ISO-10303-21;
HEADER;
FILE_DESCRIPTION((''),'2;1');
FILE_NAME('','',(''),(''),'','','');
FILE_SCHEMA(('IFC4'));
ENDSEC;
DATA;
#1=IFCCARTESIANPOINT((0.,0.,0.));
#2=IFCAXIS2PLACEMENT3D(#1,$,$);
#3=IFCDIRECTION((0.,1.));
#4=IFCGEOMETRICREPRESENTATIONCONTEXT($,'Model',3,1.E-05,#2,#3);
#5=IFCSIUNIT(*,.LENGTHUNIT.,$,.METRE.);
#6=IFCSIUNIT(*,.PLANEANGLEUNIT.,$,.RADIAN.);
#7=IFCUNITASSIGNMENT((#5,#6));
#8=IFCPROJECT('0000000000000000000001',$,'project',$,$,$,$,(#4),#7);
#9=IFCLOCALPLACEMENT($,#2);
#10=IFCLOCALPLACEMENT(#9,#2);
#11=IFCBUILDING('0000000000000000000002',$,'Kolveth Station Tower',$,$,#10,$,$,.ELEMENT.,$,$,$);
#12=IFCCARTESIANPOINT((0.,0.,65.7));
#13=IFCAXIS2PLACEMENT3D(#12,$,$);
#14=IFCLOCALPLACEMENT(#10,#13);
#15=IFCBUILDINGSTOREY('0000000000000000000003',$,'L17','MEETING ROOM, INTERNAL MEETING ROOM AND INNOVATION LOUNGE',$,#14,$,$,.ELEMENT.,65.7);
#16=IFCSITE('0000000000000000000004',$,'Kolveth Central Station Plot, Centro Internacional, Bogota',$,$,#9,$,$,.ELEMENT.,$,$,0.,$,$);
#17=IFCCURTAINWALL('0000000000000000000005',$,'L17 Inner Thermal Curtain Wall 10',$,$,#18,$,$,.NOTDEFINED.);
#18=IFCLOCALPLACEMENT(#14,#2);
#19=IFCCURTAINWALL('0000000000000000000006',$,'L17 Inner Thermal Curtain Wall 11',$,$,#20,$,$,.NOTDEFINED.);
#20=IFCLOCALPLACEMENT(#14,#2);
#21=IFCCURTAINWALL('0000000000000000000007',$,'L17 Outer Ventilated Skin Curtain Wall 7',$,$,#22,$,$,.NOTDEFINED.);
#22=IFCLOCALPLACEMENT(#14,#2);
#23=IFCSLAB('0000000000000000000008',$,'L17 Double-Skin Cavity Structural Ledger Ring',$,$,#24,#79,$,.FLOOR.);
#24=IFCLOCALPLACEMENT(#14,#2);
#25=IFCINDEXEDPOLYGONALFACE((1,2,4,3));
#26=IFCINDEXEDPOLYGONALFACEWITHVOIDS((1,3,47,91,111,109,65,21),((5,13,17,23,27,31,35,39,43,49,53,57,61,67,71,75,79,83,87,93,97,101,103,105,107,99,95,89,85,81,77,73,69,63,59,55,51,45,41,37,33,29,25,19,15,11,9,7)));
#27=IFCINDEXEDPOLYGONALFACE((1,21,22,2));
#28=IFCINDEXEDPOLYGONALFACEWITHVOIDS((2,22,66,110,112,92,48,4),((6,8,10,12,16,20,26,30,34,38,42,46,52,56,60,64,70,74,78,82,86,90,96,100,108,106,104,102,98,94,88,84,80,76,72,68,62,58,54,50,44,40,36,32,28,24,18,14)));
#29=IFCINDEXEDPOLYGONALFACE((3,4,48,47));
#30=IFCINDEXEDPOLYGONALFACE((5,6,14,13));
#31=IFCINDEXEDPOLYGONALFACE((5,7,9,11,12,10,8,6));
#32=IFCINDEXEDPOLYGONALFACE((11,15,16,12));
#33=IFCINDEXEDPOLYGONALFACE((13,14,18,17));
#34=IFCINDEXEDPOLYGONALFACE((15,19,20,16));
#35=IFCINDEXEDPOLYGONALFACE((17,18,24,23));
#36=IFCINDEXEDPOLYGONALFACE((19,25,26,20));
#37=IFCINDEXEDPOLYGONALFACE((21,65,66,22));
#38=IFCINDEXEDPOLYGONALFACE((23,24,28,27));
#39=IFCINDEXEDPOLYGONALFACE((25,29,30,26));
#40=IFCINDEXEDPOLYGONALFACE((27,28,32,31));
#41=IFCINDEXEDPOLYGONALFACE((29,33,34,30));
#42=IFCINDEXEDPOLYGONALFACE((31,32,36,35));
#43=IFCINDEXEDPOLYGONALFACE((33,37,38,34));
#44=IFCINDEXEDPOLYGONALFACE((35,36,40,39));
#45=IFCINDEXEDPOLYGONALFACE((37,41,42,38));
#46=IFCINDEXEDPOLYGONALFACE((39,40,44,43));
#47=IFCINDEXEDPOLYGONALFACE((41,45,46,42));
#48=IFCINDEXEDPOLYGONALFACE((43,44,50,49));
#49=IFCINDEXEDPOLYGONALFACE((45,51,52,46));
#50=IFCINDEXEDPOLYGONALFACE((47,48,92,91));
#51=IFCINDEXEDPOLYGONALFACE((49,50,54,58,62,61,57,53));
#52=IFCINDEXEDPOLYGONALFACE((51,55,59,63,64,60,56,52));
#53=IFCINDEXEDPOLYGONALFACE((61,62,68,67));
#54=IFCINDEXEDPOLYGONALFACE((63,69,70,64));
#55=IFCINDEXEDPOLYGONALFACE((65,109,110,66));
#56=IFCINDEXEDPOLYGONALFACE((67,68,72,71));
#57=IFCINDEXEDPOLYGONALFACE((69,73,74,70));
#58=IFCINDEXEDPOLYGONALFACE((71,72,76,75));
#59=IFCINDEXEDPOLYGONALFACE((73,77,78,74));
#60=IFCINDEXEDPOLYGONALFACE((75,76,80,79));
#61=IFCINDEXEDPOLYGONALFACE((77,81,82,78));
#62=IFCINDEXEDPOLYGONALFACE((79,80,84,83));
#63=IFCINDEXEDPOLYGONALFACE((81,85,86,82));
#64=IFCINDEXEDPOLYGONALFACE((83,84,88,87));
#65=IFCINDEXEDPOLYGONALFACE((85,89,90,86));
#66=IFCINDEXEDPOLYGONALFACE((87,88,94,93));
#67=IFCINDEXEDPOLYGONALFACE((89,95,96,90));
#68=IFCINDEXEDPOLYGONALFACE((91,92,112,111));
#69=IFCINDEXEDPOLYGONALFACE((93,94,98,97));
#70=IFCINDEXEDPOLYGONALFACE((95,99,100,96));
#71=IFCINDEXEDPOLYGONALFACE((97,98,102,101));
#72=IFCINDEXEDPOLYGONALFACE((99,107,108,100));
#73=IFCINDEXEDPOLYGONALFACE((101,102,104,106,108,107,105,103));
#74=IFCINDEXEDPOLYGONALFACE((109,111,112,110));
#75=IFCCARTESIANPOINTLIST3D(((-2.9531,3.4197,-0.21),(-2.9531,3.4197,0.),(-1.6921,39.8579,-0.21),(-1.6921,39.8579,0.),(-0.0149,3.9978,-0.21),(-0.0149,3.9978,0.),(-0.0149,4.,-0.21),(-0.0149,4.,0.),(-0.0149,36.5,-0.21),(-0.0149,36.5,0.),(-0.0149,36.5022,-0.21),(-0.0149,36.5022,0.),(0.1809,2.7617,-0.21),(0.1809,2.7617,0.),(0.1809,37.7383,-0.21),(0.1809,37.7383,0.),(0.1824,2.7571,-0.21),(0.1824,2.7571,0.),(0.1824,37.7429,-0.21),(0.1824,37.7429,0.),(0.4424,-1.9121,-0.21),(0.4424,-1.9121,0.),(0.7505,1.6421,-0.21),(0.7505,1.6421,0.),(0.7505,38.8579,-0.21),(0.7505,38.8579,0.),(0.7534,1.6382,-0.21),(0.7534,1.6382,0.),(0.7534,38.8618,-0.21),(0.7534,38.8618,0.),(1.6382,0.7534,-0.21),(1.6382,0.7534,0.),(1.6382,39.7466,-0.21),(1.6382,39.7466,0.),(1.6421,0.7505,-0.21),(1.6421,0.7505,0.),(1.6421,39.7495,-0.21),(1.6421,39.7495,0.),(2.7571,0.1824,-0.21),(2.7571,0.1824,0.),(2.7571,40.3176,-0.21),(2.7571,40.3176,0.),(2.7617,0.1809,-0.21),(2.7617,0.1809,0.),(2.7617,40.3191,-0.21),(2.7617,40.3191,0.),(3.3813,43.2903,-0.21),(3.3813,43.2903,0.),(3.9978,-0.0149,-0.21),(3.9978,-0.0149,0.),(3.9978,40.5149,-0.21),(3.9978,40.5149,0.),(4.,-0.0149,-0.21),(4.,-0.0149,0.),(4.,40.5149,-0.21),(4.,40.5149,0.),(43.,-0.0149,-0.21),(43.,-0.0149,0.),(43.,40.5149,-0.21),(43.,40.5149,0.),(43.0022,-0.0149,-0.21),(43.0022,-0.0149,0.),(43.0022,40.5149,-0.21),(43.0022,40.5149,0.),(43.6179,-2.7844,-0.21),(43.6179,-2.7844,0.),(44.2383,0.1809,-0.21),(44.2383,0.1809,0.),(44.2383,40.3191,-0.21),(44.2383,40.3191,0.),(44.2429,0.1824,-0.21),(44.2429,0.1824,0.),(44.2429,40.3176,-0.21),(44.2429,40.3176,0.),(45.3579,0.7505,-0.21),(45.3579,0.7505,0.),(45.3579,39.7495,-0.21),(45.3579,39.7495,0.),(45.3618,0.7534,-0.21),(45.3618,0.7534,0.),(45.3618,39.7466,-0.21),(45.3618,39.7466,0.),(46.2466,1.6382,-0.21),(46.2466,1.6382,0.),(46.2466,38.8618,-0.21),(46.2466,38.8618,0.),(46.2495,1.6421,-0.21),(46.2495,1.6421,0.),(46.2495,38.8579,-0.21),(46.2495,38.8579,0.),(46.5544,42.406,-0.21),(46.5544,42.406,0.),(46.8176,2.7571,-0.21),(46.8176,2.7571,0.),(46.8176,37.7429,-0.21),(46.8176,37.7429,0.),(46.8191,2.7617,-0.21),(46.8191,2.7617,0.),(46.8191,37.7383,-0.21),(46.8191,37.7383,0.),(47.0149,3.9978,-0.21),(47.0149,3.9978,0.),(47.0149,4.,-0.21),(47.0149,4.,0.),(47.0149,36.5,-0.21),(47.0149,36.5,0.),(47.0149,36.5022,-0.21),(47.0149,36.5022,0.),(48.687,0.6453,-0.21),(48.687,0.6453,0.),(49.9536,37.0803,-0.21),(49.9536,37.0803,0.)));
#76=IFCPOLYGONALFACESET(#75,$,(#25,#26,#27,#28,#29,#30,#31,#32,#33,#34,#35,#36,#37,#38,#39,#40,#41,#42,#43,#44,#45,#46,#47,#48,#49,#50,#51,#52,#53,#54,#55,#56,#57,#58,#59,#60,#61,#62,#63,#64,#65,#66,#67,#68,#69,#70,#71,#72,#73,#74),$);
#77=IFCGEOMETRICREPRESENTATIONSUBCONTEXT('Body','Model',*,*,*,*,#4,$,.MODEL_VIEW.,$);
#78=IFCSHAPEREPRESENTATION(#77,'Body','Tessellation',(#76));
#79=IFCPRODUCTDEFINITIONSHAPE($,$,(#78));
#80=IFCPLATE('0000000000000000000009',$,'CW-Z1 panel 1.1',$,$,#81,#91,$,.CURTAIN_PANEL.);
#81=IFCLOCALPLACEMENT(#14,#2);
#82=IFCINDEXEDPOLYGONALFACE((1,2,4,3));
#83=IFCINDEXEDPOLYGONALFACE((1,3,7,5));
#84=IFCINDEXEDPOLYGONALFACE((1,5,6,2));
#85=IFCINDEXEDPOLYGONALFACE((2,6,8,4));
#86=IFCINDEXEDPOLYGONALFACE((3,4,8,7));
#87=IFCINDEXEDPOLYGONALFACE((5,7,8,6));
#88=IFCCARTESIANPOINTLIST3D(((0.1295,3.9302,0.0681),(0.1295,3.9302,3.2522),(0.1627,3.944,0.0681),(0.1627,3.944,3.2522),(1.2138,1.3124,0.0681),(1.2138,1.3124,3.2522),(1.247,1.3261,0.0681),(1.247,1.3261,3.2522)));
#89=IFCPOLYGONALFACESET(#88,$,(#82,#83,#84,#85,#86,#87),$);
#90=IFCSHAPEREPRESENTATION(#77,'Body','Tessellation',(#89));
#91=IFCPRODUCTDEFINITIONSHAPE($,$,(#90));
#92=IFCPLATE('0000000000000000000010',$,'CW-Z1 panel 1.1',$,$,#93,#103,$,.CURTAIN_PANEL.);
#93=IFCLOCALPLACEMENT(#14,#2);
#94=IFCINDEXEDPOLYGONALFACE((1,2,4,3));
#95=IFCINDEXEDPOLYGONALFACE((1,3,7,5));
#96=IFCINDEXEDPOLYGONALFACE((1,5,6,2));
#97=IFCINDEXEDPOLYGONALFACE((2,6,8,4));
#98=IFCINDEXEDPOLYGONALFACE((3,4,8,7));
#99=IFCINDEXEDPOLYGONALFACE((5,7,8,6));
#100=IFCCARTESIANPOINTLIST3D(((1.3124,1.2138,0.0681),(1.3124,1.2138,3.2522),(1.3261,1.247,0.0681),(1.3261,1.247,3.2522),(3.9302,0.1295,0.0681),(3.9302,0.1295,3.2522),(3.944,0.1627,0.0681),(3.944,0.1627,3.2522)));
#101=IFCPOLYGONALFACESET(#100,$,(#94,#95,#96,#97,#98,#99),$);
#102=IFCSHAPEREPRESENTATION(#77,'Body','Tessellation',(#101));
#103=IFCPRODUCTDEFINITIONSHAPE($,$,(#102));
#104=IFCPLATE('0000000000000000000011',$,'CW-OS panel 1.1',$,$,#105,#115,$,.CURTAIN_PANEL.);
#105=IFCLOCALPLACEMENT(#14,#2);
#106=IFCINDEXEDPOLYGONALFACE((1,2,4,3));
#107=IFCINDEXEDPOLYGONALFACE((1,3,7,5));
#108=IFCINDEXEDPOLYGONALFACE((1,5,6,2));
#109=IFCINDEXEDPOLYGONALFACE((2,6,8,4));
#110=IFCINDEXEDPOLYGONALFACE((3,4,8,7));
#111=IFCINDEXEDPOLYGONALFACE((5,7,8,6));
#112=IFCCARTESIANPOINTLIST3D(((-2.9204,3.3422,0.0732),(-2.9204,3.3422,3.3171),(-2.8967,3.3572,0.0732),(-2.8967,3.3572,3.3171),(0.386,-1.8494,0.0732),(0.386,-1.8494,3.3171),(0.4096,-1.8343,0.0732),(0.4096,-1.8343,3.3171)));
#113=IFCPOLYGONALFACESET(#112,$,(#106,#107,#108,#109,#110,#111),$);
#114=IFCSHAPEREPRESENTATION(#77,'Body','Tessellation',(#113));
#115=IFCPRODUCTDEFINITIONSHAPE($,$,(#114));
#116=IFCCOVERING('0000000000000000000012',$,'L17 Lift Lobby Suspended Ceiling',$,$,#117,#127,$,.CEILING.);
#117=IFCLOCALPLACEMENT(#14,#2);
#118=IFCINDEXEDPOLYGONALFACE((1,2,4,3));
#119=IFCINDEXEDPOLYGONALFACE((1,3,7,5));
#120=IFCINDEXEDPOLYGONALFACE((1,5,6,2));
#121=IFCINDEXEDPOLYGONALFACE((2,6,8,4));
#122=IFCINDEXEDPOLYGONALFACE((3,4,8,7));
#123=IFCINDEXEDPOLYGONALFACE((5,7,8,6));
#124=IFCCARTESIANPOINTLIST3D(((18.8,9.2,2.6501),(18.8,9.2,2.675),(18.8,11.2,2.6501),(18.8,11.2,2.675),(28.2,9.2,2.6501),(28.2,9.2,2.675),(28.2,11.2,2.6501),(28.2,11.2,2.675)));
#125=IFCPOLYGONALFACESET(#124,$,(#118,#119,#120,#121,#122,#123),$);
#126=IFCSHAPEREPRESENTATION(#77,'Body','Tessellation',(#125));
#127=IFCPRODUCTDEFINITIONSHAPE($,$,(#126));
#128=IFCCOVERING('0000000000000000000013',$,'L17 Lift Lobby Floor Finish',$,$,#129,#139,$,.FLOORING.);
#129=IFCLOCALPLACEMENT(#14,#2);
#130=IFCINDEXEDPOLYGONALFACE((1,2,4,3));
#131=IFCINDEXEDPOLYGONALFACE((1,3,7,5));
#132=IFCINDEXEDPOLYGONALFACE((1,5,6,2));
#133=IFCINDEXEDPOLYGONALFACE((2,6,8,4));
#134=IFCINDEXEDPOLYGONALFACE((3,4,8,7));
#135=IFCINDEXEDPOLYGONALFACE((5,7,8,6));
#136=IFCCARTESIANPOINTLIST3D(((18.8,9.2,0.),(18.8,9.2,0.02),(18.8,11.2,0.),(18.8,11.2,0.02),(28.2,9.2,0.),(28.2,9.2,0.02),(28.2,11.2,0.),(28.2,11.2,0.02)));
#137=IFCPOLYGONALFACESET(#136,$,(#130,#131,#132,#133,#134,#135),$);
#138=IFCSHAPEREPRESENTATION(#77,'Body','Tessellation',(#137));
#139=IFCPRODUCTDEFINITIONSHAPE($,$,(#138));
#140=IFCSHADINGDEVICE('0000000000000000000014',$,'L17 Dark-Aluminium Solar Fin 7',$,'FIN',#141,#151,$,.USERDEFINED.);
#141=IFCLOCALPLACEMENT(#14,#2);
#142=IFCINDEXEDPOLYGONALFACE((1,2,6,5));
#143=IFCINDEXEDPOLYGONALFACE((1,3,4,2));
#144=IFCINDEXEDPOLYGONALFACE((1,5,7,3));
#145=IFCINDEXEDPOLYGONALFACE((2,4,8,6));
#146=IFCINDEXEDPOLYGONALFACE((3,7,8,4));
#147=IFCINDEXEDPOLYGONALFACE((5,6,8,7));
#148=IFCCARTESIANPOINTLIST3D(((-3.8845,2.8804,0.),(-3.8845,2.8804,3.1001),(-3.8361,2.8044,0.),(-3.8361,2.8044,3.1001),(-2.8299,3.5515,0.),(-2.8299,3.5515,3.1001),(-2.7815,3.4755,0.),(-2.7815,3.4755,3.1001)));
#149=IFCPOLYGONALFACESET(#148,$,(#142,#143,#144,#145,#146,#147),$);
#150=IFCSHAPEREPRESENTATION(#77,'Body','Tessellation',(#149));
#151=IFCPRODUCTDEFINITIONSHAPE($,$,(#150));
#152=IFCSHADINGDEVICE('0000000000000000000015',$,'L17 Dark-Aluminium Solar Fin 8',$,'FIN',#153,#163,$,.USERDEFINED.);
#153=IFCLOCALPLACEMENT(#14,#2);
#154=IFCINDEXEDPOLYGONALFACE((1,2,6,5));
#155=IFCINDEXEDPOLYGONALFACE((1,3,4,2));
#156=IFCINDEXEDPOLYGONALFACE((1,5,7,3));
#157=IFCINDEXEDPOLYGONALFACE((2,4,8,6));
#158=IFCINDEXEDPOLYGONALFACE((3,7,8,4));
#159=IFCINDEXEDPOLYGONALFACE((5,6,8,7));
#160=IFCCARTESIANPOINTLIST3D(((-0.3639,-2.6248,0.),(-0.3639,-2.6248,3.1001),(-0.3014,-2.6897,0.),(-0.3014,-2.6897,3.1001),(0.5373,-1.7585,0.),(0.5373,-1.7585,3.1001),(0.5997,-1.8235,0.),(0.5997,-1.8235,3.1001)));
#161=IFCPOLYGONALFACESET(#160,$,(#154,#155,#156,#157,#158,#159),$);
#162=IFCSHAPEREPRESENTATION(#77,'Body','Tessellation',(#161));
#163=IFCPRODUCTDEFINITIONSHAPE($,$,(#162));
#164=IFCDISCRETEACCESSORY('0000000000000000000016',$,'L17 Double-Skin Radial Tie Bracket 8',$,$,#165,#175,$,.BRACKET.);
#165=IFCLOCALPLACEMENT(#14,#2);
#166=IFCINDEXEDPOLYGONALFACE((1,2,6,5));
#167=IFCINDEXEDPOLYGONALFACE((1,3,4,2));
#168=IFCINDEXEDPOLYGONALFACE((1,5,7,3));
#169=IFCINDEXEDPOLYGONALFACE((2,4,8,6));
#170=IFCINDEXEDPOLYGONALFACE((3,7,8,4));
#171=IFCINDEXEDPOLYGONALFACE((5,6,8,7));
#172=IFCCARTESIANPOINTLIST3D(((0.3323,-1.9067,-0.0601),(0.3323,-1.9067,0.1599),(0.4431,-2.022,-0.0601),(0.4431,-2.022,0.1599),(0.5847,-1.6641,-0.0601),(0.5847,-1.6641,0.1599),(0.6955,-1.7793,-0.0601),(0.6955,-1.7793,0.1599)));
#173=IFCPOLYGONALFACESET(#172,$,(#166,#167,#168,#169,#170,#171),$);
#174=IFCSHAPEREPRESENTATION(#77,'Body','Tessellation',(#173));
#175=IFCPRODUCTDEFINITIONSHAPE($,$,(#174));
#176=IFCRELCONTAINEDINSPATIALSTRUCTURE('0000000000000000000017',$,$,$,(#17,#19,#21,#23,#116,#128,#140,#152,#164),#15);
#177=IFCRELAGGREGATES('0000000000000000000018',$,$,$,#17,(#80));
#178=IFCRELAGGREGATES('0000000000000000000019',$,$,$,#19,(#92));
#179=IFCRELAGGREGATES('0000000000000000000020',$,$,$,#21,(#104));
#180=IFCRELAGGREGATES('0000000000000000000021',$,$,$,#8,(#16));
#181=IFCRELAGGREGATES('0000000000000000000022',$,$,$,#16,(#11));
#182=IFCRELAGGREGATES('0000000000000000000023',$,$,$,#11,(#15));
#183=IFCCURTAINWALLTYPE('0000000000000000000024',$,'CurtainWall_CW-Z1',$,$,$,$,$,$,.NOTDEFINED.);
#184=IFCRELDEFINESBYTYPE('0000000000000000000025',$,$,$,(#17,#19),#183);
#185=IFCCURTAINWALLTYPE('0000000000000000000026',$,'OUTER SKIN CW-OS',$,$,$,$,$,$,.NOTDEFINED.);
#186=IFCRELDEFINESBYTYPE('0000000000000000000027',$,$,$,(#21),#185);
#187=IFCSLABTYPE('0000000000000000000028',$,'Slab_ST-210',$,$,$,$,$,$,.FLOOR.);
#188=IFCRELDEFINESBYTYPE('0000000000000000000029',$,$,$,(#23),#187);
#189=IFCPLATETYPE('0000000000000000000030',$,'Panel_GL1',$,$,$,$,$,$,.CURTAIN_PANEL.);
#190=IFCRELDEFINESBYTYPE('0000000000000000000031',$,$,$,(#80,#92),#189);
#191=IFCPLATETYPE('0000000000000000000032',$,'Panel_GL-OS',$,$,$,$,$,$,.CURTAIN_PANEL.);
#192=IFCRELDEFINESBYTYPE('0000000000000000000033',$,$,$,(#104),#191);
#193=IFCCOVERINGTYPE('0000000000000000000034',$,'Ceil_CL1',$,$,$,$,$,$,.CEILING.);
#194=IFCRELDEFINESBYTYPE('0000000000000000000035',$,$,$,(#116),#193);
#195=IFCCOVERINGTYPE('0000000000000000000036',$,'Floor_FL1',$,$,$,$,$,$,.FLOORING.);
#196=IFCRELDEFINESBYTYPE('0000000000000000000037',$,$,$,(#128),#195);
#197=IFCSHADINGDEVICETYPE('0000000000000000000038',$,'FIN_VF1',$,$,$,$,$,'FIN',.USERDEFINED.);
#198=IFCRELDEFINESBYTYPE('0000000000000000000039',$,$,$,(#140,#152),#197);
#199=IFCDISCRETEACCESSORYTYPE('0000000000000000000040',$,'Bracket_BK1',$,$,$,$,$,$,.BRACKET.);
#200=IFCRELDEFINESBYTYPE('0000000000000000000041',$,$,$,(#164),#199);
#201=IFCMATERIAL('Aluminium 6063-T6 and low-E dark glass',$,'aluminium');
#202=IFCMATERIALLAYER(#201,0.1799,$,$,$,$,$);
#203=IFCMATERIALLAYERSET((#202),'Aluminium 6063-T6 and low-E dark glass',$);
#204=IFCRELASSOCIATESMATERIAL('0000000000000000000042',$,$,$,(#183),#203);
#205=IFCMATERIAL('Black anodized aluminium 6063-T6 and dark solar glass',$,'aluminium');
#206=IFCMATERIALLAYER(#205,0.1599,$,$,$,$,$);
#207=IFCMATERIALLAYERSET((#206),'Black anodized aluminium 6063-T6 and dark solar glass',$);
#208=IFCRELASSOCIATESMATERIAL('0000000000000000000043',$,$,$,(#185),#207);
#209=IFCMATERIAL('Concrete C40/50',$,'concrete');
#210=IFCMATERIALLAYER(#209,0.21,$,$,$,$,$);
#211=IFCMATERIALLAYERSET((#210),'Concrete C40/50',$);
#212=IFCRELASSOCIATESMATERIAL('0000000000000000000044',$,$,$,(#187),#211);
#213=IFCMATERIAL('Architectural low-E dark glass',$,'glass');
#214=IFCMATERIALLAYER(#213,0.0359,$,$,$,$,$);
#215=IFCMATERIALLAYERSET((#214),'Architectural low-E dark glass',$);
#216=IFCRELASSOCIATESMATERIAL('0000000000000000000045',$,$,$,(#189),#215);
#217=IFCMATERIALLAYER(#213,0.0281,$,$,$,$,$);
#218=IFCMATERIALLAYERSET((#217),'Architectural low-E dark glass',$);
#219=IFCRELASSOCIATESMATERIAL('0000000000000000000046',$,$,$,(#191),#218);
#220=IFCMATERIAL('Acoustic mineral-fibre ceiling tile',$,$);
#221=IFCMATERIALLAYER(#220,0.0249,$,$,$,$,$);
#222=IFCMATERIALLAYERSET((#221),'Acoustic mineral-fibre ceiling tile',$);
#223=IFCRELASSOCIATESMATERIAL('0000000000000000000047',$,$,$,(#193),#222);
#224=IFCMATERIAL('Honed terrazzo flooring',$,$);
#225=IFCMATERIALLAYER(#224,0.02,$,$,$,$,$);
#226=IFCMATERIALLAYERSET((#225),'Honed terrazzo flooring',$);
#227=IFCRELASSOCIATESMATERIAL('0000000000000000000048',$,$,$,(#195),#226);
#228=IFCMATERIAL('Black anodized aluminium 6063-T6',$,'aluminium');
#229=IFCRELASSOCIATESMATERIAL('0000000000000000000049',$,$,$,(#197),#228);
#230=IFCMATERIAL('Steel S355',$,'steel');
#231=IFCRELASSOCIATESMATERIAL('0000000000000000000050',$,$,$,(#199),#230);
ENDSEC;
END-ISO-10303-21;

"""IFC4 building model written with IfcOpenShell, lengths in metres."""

from ifc_helpers import new_model, si_unit, direction, frame, origin, origin_2d, place, context, subcontext, project, spatial, polyline, rectangle, outline, extrude, source, transform, mapped, material, layer, layer_set, type_object, element, aggregate, save


model = new_model("IFC4")

# Units and contexts
model_context = context("Model", 3, precision=1e-05, world=origin(), true_north=direction((0.0, 1.0)))
body_context = subcontext(model_context, "Body", "Model", "MODEL_VIEW")
ifc_project = project(units=[si_unit("LENGTHUNIT", "METRE"), si_unit("PLANEANGLEUNIT", "RADIAN")], contexts=[model_context])

# Site, building, storey
site_placement = place(None, origin())
site = spatial("IfcSite", under=ifc_project, at=site_placement, Name="Kolveth Central Station Plot, Centro Internacional, Bogota", CompositionType="ELEMENT", RefElevation=0.0)
building_placement = place(site_placement, origin())
building = spatial("IfcBuilding", under=site, at=building_placement, Name="Kolveth Station Tower", CompositionType="ELEMENT")
storey_placement = place(building_placement, frame((0.0, 0.0, 65.7)))
storey = spatial("IfcBuildingStorey", under=building, at=storey_placement, Name="L17", Description="MEETING ROOM, INTERNAL MEETING ROOM AND INNOVATION LOUNGE", CompositionType="ELEMENT", Elevation=65.7)

# Shared definitions
ifc_material_1 = material(Name="Steel S355", Category="steel")

# Curtain wall
ifc_material_2 = material(Name="Aluminium 6063-T6 and low-E dark glass", Category="aluminium")
ifc_layer_1 = layer(ifc_material_2, 0.1799)
ifc_layer_set_1 = layer_set([ifc_layer_1], Name="Aluminium 6063-T6 and low-E dark glass")
curtain_wall_type_1 = type_object("IfcCurtainWallType", Name="CurtainWall_CW-Z1", PredefinedType="NOTDEFINED", material=ifc_layer_set_1)
curtain_wall_1_placement = place(storey_placement, origin())
curtain_wall_1 = element("IfcCurtainWall", 1, at=curtain_wall_1_placement, inside=storey, type_object=curtain_wall_type_1, Name="L17 Inner Thermal Curtain Wall 10", PredefinedType="NOTDEFINED")
ifc_material_3 = material(Name="Black anodized aluminium 6063-T6", Category="aluminium")

# Curtain wall
curtain_wall_2_placement = place(storey_placement, origin())
curtain_wall_2 = element("IfcCurtainWall", 2, at=curtain_wall_2_placement, inside=storey, type_object=curtain_wall_type_1, Name="L17 Inner Thermal Curtain Wall 11", PredefinedType="NOTDEFINED")

# Curtain wall
ifc_material_4 = material(Name="Black anodized aluminium 6063-T6 and dark solar glass", Category="aluminium")
ifc_layer_2 = layer(ifc_material_4, 0.1599)
ifc_layer_set_2 = layer_set([ifc_layer_2], Name="Black anodized aluminium 6063-T6 and dark solar glass")
curtain_wall_type_2 = type_object("IfcCurtainWallType", Name="OUTER SKIN CW-OS", PredefinedType="NOTDEFINED", material=ifc_layer_set_2)
curtain_wall_3_placement = place(storey_placement, origin())
curtain_wall_3 = element("IfcCurtainWall", 3, at=curtain_wall_3_placement, inside=storey, type_object=curtain_wall_type_2, Name="L17 Outer Ventilated Skin Curtain Wall 7", PredefinedType="NOTDEFINED")

# Shared definitions
ifc_material_5 = material(Name="Concrete C40/50", Category="concrete")

# Slab
ifc_layer_3 = layer(ifc_material_5, 0.21)
ifc_layer_set_3 = layer_set([ifc_layer_3], Name="Concrete C40/50")
slab_type_1 = type_object("IfcSlabType", Name="Slab_ST-210", PredefinedType="FLOOR", material=ifc_layer_set_3)
slab_1_placement = place(storey_placement, frame((0.0, 0.0, -0.21)))
element("IfcSlab", 4, at=slab_1_placement, inside=storey, type_object=slab_type_1, Name="L17 Double-Skin Cavity Structural Ledger Ring", PredefinedType="FLOOR", context=body_context, shape_type="SweptSolid", body=[
    extrude(outline(polyline([(0.4424, -1.9121), (-2.9531, 3.4197), (-1.6921, 39.8579), (3.3813, 43.2903), (46.5544, 42.406), (49.9536, 37.0803), (48.687, 0.6453), (43.6179, -2.7844), (0.4424, -1.9121)]), holes=[polyline([(43.0022, -0.0149), (44.2383, 0.1809), (44.2429, 0.1824), (45.3579, 0.7505), (45.3618, 0.7534), (46.2466, 1.6382), (46.2495, 1.6421), (46.8176, 2.7571), (46.8191, 2.7617), (47.0149, 3.9978), (47.0149, 4.0), (47.0149, 36.5), (47.0149, 36.5022), (46.8191, 37.7383), (46.8176, 37.7429), (46.2495, 38.8579), (46.2466, 38.8618), (45.3618, 39.7466), (45.3579, 39.7495), (44.2429, 40.3176), (44.2383, 40.3191), (43.0022, 40.5149), (43.0, 40.5149), (4.0, 40.5149), (3.9978, 40.5149), (2.7617, 40.3191), (2.7571, 40.3176), (1.6421, 39.7495), (1.6382, 39.7466), (0.7534, 38.8618), (0.7505, 38.8579), (0.1824, 37.7429), (0.1809, 37.7383), (-0.0149, 36.5022), (-0.0149, 36.5), (-0.0149, 4.0), (-0.0149, 3.9978), (0.1809, 2.7617), (0.1824, 2.7571), (0.7505, 1.6421), (0.7534, 1.6382), (1.6382, 0.7534), (1.6421, 0.7505), (2.7571, 0.1824), (2.7617, 0.1809), (3.9978, -0.0149), (4.0, -0.0149), (43.0, -0.0149), (43.0022, -0.0149)])]), origin(), (0.0, 0.0, 1.0), 0.21),
])

# Plates
ifc_material_6 = material(Name="Architectural low-E dark glass", Category="glass")
ifc_layer_4 = layer(ifc_material_6, 0.0359)
ifc_layer_set_4 = layer_set([ifc_layer_4], Name="Architectural low-E dark glass")
plate_type_1 = type_object("IfcPlateType", Name="Panel_GL1", PredefinedType="CURTAIN_PANEL", material=ifc_layer_set_4)
shared_shape_1 = source(origin(), body_context, "Body", "SweptSolid", [
    extrude(rectangle(XDim=2.8335, YDim=0.0359, at=origin_2d()), origin(), (0.0, 0.0, 1.0), 3.1841),
])
plate_1_placement = place(storey_placement, frame((0.6882, 2.6282, 0.0681), z_axis=(0.0, 0.0, 1.0), x_axis=(0.382673, -0.923884, 0.0)))
plate_1 = element("IfcPlate", 5, at=plate_1_placement, type_object=plate_type_1, Name="CW-Z1 panel 1.1", PredefinedType="CURTAIN_PANEL", context=body_context, shape_type="MappedRepresentation", body=[
    mapped(shared_shape_1, transform((0.0, 0.0, 0.0), x_axis=(1.0, 0.0, 0.0), y_axis=(0.0, 1.0, 0.0), z_axis=(0.0, 0.0, 1.0), scale=1.0)),
])
aggregate(curtain_wall_1, [plate_1])
plate_2_placement = place(storey_placement, frame((2.6282, 0.6882, 0.0681), z_axis=(0.0, 0.0, 1.0), x_axis=(0.923884, -0.382673, 0.0)))
plate_2 = element("IfcPlate", 6, at=plate_2_placement, type_object=plate_type_1, Name="CW-Z1 panel 1.1", PredefinedType="CURTAIN_PANEL", context=body_context, shape_type="MappedRepresentation", body=[
    mapped(shared_shape_1, transform((0.0, 0.0, 0.0), x_axis=(1.0, 0.0, 0.0), y_axis=(0.0, 1.0, 0.0), z_axis=(0.0, 0.0, 1.0), scale=1.0)),
])
aggregate(curtain_wall_2, [plate_2])
ifc_layer_5 = layer(ifc_material_6, 0.0281)
ifc_layer_set_5 = layer_set([ifc_layer_5], Name="Architectural low-E dark glass")
plate_type_2 = type_object("IfcPlateType", Name="Panel_GL-OS", PredefinedType="CURTAIN_PANEL", material=ifc_layer_set_5)
shared_shape_2 = source(origin(), body_context, "Body", "SweptSolid", [
    extrude(rectangle(XDim=6.155, YDim=0.0281, at=origin_2d()), origin(), (0.0, 0.0, 1.0), 3.2439),
])
plate_3_placement = place(storey_placement, frame((-1.2554, 0.7539, 0.0732), z_axis=(0.0, 0.0, 1.0), x_axis=(0.537175, -0.843471, 0.0)))
plate_3 = element("IfcPlate", 7, at=plate_3_placement, type_object=plate_type_2, Name="CW-OS panel 1.1", PredefinedType="CURTAIN_PANEL", context=body_context, shape_type="MappedRepresentation", body=[
    mapped(shared_shape_2, transform((0.0, 0.0, 0.0), x_axis=(1.0, 0.0, 0.0), y_axis=(0.0, 1.0, 0.0), z_axis=(0.0, 0.0, 1.0), scale=1.0)),
])
aggregate(curtain_wall_3, [plate_3])

# Coverings
ifc_material_7 = material(Name="Acoustic mineral-fibre ceiling tile")
ifc_layer_6 = layer(ifc_material_7, 0.0249)
ifc_layer_set_6 = layer_set([ifc_layer_6], Name="Acoustic mineral-fibre ceiling tile")
covering_type_1 = type_object("IfcCoveringType", Name="Ceil_CL1", PredefinedType="CEILING", material=ifc_layer_set_6)
covering_1_placement = place(storey_placement, frame((0.0, 0.0, 2.6501)))
element("IfcCovering", 8, at=covering_1_placement, inside=storey, type_object=covering_type_1, Name="L17 Lift Lobby Suspended Ceiling", PredefinedType="CEILING", context=body_context, shape_type="SweptSolid", body=[
    extrude(outline(polyline([(18.8, 9.2), (28.2, 9.2), (28.2, 11.2), (18.8, 11.2), (18.8, 9.2)])), origin(), (0.0, 0.0, 1.0), 0.0249),
])
ifc_material_8 = material(Name="Honed terrazzo flooring")
ifc_layer_7 = layer(ifc_material_8, 0.02)
ifc_layer_set_7 = layer_set([ifc_layer_7], Name="Honed terrazzo flooring")
covering_type_2 = type_object("IfcCoveringType", Name="Floor_FL1", PredefinedType="FLOORING", material=ifc_layer_set_7)
covering_2_placement = place(storey_placement, origin())
element("IfcCovering", 9, at=covering_2_placement, inside=storey, type_object=covering_type_2, Name="L17 Lift Lobby Floor Finish", PredefinedType="FLOORING", context=body_context, shape_type="SweptSolid", body=[
    extrude(outline(polyline([(18.8, 9.2), (28.2, 9.2), (28.2, 11.2), (18.8, 11.2), (18.8, 9.2)])), origin(), (0.0, 0.0, 1.0), 0.02),
])

# Shading devices
shading_device_type = type_object("IfcShadingDeviceType", Name="FIN_VF1", ElementType="FIN", PredefinedType="USERDEFINED", material=ifc_material_3)
shared_shape_3 = source(origin(), body_context, "Body", "SweptSolid", [
    extrude(rectangle(XDim=1.25, YDim=0.0901, at=origin_2d()), origin(), (0.0, 0.0, 1.0), 3.1001),
])
for number, where, z_axis, x_axis, name in (
    (10, (-3.333, 3.178, 0.0), (0.0, 0.0, 1.0), (-0.843673, -0.536858, 0.0), "L17 Dark-Aluminium Solar Fin 7"),
    (11, (0.1179, -2.2241, 0.0), (0.0, 0.0, 1.0), (-0.720914, -0.693024, 0.0), "L17 Dark-Aluminium Solar Fin 8"),
):
    element("IfcShadingDevice", number, at=place(storey_placement, frame(where, z_axis=z_axis, x_axis=x_axis)), inside=storey, type_object=shading_device_type, Name=name, ObjectType="FIN", PredefinedType="USERDEFINED", context=body_context, shape_type="MappedRepresentation", body=[
        mapped(shared_shape_3, transform((0.0, 0.0, 0.0), x_axis=(1.0, 0.0, 0.0), y_axis=(0.0, 1.0, 0.0), z_axis=(0.0, 0.0, 1.0), scale=1.0)),
    ])

# Discrete accessory
discrete_accessory_type = type_object("IfcDiscreteAccessoryType", Name="Bracket_BK1", PredefinedType="BRACKET", material=ifc_material_1)
shared_shape_4 = source(origin(), body_context, "Body", "SweptSolid", [
    extrude(rectangle(XDim=0.3501, YDim=0.1599, at=origin_2d()), origin(), (0.0, 0.0, 1.0), 0.22),
])
discrete_accessory_placement = place(storey_placement, frame((0.5139, -1.843, -0.0601), z_axis=(0.0, 0.0, 1.0), x_axis=(-0.720914, -0.693024, 0.0)))
element("IfcDiscreteAccessory", 12, at=discrete_accessory_placement, inside=storey, type_object=discrete_accessory_type, Name="L17 Double-Skin Radial Tie Bracket 8", PredefinedType="BRACKET", context=body_context, shape_type="MappedRepresentation", body=[
    mapped(shared_shape_4, transform((0.0, 0.0, 0.0), x_axis=(1.0, 0.0, 0.0), y_axis=(0.0, 1.0, 0.0), z_axis=(0.0, 0.0, 1.0), scale=1.0)),
])

save(model, "model.ifc")
